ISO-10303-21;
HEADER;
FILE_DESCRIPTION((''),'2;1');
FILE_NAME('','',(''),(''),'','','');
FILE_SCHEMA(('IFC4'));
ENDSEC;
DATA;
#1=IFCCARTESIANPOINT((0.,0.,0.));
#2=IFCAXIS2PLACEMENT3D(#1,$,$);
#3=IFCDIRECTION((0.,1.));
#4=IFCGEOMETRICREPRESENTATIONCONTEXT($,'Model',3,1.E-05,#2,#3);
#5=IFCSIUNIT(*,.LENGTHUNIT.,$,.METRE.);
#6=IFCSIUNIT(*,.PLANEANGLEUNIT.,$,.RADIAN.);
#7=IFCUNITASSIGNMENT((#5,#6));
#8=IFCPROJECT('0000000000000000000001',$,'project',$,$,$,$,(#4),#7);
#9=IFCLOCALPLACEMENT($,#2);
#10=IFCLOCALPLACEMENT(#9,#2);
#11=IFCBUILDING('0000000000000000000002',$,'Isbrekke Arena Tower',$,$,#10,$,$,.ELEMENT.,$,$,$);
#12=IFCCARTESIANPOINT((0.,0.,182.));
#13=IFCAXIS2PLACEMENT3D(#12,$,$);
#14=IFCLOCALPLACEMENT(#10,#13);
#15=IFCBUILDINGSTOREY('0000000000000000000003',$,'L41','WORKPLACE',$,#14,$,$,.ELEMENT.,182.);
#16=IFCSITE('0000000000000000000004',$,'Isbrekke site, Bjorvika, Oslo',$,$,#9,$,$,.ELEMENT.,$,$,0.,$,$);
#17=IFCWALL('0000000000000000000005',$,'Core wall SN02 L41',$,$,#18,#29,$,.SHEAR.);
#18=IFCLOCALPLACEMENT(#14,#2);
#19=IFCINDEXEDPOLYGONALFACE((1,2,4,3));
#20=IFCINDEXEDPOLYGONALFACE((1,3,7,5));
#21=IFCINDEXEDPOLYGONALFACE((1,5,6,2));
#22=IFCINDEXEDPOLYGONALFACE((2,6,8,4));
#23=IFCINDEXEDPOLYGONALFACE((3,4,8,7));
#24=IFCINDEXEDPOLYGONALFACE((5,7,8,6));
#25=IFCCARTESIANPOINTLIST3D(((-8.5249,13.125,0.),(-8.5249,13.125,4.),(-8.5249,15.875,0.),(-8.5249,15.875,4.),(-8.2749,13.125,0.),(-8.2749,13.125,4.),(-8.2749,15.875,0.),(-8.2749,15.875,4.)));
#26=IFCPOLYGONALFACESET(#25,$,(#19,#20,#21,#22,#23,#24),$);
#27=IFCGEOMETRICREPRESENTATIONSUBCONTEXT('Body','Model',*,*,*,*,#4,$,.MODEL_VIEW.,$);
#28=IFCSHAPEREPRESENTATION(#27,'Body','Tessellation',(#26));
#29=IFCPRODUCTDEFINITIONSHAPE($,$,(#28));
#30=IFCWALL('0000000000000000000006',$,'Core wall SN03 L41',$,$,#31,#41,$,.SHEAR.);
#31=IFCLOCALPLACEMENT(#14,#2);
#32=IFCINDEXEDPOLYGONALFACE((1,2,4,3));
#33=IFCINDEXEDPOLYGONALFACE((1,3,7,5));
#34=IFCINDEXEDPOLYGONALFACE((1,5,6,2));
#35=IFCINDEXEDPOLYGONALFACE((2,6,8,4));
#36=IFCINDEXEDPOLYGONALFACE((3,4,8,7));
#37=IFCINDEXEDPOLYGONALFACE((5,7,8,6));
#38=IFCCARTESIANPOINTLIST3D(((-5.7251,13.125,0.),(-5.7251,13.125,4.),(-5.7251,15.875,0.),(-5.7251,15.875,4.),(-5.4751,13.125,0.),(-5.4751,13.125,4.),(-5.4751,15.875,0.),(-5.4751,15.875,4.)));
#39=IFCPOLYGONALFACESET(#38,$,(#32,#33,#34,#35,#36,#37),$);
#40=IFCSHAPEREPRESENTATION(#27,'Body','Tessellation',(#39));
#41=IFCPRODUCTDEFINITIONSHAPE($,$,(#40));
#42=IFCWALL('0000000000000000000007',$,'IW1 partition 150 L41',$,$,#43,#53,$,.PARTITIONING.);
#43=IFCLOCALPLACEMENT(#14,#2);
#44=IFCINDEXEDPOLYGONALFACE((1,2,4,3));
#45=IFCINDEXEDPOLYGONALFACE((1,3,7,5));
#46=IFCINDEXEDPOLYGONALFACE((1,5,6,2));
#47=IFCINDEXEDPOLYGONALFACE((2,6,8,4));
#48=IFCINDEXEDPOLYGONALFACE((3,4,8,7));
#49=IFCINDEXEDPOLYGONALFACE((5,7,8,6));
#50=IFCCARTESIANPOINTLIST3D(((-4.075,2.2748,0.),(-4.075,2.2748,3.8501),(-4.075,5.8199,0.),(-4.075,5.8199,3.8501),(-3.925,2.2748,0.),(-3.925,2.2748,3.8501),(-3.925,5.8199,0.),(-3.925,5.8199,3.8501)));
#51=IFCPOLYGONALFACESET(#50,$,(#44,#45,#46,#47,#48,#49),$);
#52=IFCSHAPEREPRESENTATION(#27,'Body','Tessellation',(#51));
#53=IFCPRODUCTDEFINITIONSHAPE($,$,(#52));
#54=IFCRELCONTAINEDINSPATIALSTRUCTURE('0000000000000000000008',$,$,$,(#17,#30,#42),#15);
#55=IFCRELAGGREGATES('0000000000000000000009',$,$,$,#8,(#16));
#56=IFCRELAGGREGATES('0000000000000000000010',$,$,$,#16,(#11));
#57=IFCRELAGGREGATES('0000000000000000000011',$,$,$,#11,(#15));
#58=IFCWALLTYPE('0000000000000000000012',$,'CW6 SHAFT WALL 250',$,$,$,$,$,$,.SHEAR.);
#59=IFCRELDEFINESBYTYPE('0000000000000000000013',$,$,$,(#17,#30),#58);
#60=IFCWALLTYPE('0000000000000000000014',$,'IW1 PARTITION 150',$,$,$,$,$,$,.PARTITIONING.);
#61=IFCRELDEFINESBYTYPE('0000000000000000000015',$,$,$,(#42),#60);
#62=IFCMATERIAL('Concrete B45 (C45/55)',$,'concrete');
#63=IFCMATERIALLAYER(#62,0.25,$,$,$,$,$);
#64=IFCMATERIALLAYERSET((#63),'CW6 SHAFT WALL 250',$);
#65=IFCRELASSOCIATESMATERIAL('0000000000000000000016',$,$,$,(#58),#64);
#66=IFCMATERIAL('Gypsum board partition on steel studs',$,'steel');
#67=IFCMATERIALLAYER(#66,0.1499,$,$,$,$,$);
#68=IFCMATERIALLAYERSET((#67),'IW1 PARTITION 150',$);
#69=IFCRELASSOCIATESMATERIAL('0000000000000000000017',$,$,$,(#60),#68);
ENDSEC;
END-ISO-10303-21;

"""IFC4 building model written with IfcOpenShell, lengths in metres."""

from ifc_helpers import new_model, si_unit, direction, frame, frame_2d, origin, place, context, subcontext, project, spatial, rectangle, extrude, material, layer, layer_set, type_object, element, save


model = new_model("IFC4")

# Units and contexts
model_context = context("Model", 3, precision=1e-05, world=origin(), true_north=direction((0.0, 1.0)))
body_context = subcontext(model_context, "Body", "Model", "MODEL_VIEW")
ifc_project = project(units=[si_unit("LENGTHUNIT", "METRE"), si_unit("PLANEANGLEUNIT", "RADIAN")], contexts=[model_context])

# Site, building, storey
site_placement = place(None, origin())
site = spatial("IfcSite", under=ifc_project, at=site_placement, Name="Isbrekke site, Bjorvika, Oslo", CompositionType="ELEMENT", RefElevation=0.0)
building_placement = place(site_placement, origin())
building = spatial("IfcBuilding", under=site, at=building_placement, Name="Isbrekke Arena Tower", CompositionType="ELEMENT")
storey_placement = place(building_placement, frame((0.0, 0.0, 182.0)))
storey = spatial("IfcBuildingStorey", under=building, at=storey_placement, Name="L41", Description="WORKPLACE", CompositionType="ELEMENT", Elevation=182.0)

# Shared definitions
ifc_material_1 = material(Name="Concrete B45 (C45/55)", Category="concrete")
ifc_layer_1 = layer(ifc_material_1, 0.25)
ifc_layer_set_1 = layer_set([ifc_layer_1], Name="CW6 SHAFT WALL 250")
wall_type_1 = type_object("IfcWallType", Name="CW6 SHAFT WALL 250", PredefinedType="SHEAR", material=ifc_layer_set_1)

# Walls
for number, where, z_axis, x_axis, name in (
    (1, (-8.3999, 13.125, 0.0), (0.0, 0.0, 1.0), (0.0, 1.0, 0.0), "Core wall SN02 L41"),
    (2, (-5.6001, 13.125, 0.0), (0.0, 0.0, 1.0), (0.0, 1.0, 0.0), "Core wall SN03 L41"),
):
    element("IfcWall", number, at=place(storey_placement, frame(where, z_axis=z_axis, x_axis=x_axis)), inside=storey, type_object=wall_type_1, Name=name, PredefinedType="SHEAR", context=body_context, shape_type="SweptSolid", body=[
        extrude(rectangle(XDim=2.75, YDim=0.25, at=frame_2d((1.375, 0.0))), origin(), (0.0, 0.0, 1.0), 4.0),
    ])
ifc_material_2 = material(Name="Gypsum board partition on steel studs", Category="steel")
ifc_layer_2 = layer(ifc_material_2, 0.1499)
ifc_layer_set_2 = layer_set([ifc_layer_2], Name="IW1 PARTITION 150")
wall_type_2 = type_object("IfcWallType", Name="IW1 PARTITION 150", PredefinedType="PARTITIONING", material=ifc_layer_set_2)
wall_1_placement = place(storey_placement, frame((-4.0, 2.2749, 0.0), z_axis=(0.0, 0.0, 1.0), x_axis=(0.0, 1.0, 0.0)))
element("IfcWall", 3, at=wall_1_placement, inside=storey, type_object=wall_type_2, Name="IW1 partition 150 L41", PredefinedType="PARTITIONING", context=body_context, shape_type="SweptSolid", body=[
    extrude(rectangle(XDim=3.5452, YDim=0.1499, at=frame_2d((1.7725, 0.0))), origin(), (0.0, 0.0, 1.0), 3.8501),
])

save(model, "model.ifc")
